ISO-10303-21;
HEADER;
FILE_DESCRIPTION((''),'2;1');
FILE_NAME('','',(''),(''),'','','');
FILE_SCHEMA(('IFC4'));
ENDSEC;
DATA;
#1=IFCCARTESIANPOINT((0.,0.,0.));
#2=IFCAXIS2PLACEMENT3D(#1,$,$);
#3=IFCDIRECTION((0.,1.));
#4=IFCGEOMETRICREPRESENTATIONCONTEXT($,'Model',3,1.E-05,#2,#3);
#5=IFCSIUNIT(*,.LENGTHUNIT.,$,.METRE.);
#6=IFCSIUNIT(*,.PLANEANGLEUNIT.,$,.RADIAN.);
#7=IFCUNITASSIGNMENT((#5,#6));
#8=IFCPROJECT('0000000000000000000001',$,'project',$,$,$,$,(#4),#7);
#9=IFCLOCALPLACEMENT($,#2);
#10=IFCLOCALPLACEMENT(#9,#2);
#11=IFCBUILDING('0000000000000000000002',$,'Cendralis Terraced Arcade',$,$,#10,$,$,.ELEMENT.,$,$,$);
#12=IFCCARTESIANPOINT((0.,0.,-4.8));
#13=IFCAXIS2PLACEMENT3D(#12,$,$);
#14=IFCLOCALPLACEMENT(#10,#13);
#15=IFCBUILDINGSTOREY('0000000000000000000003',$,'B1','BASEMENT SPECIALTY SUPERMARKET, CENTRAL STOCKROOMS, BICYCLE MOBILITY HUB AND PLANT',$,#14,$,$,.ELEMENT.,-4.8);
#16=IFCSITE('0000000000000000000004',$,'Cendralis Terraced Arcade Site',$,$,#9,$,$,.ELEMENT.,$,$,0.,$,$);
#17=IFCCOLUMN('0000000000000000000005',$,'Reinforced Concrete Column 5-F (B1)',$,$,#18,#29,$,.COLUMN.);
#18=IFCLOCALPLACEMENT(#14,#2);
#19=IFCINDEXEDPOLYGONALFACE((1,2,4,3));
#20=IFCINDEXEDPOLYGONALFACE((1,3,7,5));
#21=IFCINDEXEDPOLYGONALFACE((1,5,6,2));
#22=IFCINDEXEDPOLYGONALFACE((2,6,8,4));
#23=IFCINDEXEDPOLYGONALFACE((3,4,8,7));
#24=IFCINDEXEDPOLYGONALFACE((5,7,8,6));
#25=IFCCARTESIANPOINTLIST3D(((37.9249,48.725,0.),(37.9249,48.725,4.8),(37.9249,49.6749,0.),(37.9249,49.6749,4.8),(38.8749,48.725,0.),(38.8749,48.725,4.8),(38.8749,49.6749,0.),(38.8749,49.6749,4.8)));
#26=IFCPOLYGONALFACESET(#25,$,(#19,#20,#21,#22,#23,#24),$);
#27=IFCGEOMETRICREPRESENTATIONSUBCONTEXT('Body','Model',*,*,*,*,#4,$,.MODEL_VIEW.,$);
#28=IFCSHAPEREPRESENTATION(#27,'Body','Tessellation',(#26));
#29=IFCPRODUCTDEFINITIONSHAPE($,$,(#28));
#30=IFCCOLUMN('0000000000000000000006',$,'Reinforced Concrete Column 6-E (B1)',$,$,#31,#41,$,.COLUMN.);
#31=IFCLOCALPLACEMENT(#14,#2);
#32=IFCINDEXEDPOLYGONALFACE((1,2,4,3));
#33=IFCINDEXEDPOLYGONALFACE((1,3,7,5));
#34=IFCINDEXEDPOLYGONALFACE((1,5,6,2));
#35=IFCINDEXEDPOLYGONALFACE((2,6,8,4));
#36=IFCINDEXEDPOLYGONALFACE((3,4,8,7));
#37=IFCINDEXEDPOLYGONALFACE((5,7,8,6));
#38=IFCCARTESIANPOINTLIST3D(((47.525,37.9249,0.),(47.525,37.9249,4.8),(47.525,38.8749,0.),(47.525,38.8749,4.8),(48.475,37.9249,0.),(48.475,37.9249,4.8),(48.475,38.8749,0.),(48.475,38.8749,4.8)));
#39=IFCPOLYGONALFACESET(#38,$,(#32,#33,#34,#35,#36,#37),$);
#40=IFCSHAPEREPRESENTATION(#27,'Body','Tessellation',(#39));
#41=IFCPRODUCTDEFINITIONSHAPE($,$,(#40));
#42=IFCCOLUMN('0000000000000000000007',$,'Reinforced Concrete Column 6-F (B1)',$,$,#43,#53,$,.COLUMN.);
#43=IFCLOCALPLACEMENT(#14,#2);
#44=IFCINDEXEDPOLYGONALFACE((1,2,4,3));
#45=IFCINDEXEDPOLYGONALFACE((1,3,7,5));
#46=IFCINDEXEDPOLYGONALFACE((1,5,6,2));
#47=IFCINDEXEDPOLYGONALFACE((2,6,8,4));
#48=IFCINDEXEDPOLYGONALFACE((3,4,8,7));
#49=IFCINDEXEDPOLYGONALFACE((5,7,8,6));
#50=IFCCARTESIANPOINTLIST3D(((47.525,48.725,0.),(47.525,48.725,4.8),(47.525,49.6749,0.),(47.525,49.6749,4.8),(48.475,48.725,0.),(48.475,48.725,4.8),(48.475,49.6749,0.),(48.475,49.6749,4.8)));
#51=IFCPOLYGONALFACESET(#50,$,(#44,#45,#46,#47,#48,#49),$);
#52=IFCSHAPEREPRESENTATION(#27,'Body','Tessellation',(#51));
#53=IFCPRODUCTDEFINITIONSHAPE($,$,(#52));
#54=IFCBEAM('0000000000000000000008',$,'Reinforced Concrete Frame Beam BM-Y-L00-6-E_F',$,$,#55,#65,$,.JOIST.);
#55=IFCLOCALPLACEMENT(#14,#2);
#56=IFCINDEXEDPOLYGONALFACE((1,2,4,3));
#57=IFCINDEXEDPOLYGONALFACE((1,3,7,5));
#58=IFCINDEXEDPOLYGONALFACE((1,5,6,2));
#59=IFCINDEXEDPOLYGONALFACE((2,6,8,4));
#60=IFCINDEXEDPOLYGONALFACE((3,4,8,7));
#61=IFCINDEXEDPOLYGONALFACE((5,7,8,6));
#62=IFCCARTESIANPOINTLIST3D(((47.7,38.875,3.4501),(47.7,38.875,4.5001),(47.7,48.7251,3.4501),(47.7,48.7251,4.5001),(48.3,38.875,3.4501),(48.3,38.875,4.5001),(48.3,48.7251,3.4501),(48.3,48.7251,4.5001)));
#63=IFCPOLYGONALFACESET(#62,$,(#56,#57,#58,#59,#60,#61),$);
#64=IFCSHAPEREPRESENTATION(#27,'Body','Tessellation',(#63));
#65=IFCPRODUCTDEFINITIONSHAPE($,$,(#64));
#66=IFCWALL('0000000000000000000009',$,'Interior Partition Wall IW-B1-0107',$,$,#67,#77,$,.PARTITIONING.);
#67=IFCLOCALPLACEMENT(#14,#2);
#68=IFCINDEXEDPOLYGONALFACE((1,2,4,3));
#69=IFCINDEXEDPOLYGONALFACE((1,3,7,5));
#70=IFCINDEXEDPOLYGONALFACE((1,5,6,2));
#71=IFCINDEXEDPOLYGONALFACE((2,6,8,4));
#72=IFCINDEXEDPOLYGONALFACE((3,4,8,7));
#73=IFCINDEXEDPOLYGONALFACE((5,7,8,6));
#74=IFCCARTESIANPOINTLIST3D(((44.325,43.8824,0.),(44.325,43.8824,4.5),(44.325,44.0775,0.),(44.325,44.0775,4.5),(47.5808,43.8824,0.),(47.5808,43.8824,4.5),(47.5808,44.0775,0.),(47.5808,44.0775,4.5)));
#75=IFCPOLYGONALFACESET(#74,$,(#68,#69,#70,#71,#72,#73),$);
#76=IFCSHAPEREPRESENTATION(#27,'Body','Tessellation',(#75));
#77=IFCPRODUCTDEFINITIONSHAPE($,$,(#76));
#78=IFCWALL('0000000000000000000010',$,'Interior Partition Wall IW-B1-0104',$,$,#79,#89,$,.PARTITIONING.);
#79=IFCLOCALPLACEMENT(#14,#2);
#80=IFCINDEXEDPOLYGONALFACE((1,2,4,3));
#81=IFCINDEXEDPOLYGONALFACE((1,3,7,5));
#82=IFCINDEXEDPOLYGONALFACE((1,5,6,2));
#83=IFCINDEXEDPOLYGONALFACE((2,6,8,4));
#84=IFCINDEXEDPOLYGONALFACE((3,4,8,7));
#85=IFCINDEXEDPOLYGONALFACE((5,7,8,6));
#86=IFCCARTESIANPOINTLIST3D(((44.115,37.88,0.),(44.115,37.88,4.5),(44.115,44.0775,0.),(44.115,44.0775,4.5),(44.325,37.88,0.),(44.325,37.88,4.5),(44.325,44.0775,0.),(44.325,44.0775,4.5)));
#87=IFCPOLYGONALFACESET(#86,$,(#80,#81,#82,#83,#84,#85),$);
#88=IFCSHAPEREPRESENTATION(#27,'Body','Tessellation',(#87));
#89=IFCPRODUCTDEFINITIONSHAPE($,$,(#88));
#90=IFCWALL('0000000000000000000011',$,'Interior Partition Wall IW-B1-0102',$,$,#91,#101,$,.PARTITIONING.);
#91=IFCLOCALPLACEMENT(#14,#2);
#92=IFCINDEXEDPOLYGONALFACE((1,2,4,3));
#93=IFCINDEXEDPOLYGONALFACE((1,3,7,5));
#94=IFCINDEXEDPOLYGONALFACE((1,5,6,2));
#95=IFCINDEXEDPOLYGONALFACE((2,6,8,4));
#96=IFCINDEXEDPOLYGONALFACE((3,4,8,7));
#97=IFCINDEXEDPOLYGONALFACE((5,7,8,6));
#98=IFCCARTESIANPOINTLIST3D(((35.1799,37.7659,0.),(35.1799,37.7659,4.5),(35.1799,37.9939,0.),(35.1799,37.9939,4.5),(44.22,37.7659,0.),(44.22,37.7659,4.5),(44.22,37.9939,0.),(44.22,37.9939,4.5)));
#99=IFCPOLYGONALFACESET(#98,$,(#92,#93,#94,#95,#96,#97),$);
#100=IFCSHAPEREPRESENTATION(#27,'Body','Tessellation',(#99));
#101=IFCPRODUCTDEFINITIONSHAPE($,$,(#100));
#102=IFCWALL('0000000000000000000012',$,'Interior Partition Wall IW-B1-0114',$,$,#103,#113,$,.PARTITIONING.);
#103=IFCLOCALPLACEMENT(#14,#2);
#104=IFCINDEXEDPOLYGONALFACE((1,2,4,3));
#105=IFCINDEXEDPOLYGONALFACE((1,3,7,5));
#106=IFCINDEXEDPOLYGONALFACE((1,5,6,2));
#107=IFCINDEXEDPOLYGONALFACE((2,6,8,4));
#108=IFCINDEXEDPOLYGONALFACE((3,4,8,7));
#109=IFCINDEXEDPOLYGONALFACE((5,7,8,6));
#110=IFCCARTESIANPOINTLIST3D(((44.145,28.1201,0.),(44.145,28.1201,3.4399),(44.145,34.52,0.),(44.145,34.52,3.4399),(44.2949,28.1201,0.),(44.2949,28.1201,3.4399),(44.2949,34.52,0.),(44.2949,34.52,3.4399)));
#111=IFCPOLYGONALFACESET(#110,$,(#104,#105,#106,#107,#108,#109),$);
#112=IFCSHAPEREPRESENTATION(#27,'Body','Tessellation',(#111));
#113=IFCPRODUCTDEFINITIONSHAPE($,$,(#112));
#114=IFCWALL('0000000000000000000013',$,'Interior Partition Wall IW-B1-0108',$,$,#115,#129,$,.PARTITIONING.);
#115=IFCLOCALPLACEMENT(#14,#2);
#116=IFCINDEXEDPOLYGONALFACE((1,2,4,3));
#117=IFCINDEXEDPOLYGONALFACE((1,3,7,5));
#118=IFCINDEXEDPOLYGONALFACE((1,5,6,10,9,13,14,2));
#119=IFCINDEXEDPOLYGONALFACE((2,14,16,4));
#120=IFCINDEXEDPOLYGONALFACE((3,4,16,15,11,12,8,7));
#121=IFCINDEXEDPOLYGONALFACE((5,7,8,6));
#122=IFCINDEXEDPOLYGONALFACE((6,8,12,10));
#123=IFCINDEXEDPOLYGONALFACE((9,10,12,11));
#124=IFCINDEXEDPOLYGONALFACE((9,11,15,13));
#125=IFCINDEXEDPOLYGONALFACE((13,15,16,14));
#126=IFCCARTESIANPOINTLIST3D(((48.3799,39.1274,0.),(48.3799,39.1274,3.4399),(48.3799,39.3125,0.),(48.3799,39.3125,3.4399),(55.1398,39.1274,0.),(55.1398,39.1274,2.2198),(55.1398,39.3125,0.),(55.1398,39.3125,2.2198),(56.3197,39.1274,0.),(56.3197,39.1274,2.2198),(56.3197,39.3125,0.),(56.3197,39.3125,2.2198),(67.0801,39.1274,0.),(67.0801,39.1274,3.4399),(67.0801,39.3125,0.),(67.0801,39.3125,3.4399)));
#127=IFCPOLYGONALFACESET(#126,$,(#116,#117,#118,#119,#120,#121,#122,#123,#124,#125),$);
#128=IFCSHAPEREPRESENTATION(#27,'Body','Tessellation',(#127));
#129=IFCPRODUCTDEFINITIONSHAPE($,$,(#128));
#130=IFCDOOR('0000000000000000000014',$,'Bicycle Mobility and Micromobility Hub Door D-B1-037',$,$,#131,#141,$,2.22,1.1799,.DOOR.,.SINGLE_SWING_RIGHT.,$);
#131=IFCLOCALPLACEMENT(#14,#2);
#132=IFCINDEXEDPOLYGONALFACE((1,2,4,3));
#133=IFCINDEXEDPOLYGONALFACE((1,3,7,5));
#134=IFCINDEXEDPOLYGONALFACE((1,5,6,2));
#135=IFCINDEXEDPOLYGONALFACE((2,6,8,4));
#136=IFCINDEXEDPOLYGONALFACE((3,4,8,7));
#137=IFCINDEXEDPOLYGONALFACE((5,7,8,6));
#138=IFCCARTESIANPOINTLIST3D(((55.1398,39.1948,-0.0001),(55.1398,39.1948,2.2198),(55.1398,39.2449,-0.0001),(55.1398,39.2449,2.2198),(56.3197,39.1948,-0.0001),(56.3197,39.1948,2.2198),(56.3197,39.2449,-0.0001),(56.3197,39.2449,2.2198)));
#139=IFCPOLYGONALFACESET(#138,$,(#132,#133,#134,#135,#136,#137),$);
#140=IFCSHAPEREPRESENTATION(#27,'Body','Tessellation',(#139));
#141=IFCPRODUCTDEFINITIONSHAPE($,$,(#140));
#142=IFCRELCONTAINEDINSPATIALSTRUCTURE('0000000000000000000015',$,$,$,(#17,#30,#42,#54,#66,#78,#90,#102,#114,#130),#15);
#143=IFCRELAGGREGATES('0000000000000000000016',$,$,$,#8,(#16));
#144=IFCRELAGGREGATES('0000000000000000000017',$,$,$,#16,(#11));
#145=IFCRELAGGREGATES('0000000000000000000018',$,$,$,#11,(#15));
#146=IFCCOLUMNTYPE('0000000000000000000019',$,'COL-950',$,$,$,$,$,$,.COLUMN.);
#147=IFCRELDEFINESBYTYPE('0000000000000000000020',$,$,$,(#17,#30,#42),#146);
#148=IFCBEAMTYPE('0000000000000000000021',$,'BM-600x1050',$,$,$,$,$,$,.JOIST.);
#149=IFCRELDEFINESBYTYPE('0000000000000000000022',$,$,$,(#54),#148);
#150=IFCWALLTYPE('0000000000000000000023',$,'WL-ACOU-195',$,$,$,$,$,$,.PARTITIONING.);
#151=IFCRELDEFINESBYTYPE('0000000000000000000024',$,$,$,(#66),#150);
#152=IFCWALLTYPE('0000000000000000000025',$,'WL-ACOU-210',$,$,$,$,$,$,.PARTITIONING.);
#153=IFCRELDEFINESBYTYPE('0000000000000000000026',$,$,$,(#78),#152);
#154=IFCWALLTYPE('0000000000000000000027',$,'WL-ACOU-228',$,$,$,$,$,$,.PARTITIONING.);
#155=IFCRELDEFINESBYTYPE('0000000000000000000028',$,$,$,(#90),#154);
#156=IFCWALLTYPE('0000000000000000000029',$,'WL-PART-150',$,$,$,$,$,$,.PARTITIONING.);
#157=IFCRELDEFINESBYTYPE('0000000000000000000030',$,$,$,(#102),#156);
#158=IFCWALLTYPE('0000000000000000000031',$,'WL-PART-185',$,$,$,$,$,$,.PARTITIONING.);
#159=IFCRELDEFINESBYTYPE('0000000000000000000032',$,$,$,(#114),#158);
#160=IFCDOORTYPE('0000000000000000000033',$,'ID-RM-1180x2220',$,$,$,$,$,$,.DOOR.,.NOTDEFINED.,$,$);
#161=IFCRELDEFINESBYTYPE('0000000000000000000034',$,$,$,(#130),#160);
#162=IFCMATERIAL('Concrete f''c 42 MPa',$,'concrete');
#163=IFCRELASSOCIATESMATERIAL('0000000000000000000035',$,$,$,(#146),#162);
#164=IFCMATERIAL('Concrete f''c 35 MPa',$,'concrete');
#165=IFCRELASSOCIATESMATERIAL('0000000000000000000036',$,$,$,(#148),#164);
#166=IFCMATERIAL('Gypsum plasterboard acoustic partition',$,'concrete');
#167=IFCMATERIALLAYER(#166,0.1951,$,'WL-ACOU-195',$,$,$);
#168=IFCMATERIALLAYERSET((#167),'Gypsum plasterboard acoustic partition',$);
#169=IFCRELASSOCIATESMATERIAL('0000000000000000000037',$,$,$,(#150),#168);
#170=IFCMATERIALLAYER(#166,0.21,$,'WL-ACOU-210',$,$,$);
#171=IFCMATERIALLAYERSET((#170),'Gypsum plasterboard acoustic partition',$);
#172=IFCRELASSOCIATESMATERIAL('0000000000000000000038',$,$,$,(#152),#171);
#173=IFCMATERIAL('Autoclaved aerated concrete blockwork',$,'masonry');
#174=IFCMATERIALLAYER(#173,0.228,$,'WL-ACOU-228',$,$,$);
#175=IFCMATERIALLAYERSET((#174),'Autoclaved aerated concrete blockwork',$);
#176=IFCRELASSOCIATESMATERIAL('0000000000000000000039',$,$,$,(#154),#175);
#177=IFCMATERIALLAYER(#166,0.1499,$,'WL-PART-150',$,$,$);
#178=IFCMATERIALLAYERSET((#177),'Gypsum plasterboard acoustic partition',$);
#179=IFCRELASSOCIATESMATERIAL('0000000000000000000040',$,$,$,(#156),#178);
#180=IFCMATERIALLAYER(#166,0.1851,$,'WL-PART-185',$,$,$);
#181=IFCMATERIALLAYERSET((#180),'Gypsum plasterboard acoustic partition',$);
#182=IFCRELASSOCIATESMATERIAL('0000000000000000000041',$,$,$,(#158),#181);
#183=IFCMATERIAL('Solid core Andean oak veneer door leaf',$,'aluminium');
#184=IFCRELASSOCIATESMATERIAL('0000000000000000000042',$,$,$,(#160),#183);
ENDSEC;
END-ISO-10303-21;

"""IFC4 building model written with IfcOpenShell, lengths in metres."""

from ifc_helpers import new_model, si_unit, direction, frame, frame_2d, origin, origin_2d, place, context, subcontext, project, spatial, rectangle, extrude, material, layer, layer_set, material_profile, profile_set, type_object, element, fill, save


model = new_model("IFC4")

# Units and contexts
model_context = context("Model", 3, precision=1e-05, world=origin(), true_north=direction((0.0, 1.0)))
body_context = subcontext(model_context, "Body", "Model", "MODEL_VIEW")
ifc_project = project(units=[si_unit("LENGTHUNIT", "METRE"), si_unit("PLANEANGLEUNIT", "RADIAN")], contexts=[model_context])

# Site, building, storey
site_placement = place(None, origin())
site = spatial("IfcSite", under=ifc_project, at=site_placement, Name="Cendralis Terraced Arcade Site", CompositionType="ELEMENT", RefElevation=0.0)
building_placement = place(site_placement, origin())
building = spatial("IfcBuilding", under=site, at=building_placement, Name="Cendralis Terraced Arcade", CompositionType="ELEMENT")
storey_placement = place(building_placement, frame((0.0, 0.0, -4.8)))
storey = spatial("IfcBuildingStorey", under=building, at=storey_placement, Name="B1", Description="BASEMENT SPECIALTY SUPERMARKET, CENTRAL STOCKROOMS, BICYCLE MOBILITY HUB AND PLANT", CompositionType="ELEMENT", Elevation=-4.8)

# Shared definitions
ifc_material_1 = material(Name="Concrete f'c 35 MPa", Category="concrete")

# Columns
ifc_material_2 = material(Name="Concrete f'c 42 MPa", Category="concrete")
ifc_material_profile_1 = material_profile(ifc_material_2, rectangle(XDim=0.95, YDim=0.95, at=origin_2d()), Name="RC-COL-950x950", Category="LoadBearing")
ifc_profile_set_1 = profile_set([ifc_material_profile_1], Name="Concrete f'c 42 MPa")
column_type = type_object("IfcColumnType", Name="COL-950", PredefinedType="COLUMN", material=ifc_profile_set_1)
for number, where, z_axis, x_axis, name in (
    (1, (38.3999, 49.2, 0.0), (0.0, 0.0, 1.0), (1.0, 0.0, 0.0), "Reinforced Concrete Column 5-F (B1)"),
    (2, (48.0, 38.3999, 0.0), (0.0, 0.0, 1.0), (1.0, 0.0, 0.0), "Reinforced Concrete Column 6-E (B1)"),
    (3, (48.0, 49.2, 0.0), (0.0, 0.0, 1.0), (1.0, 0.0, 0.0), "Reinforced Concrete Column 6-F (B1)"),
):
    element("IfcColumn", number, at=place(storey_placement, frame(where, z_axis=z_axis, x_axis=x_axis)), inside=storey, type_object=column_type, Name=name, PredefinedType="COLUMN", context=body_context, shape_type="SweptSolid", body=[
        extrude(rectangle(XDim=0.95, YDim=0.95, at=origin_2d()), origin(), (0.0, 0.0, 1.0), 4.8),
    ])

# Beam
ifc_material_profile_2 = material_profile(ifc_material_1, rectangle(XDim=0.6001, YDim=1.05, at=origin_2d()), Name="RC-BM-600x1050", Category="LoadBearing")
ifc_profile_set_2 = profile_set([ifc_material_profile_2], Name="Concrete f'c 35 MPa")
beam_type = type_object("IfcBeamType", Name="BM-600x1050", PredefinedType="JOIST", material=ifc_profile_set_2)
beam_placement = place(storey_placement, frame((48.0, 38.875, 3.9751), z_axis=(0.0, 1.0, 0.0), x_axis=(-1.0, 0.0, 0.0)))
element("IfcBeam", 4, at=beam_placement, inside=storey, type_object=beam_type, Name="Reinforced Concrete Frame Beam BM-Y-L00-6-E_F", PredefinedType="JOIST", context=body_context, shape_type="SweptSolid", body=[
    extrude(rectangle(XDim=0.6001, YDim=1.05, at=origin_2d()), origin(), (0.0, 0.0, 1.0), 9.8501),
])

# Walls
ifc_material_3 = material(Name="Gypsum plasterboard acoustic partition", Category="concrete")
ifc_layer_1 = layer(ifc_material_3, 0.1951, Name="WL-ACOU-195")
ifc_layer_set_1 = layer_set([ifc_layer_1], Name="Gypsum plasterboard acoustic partition")
wall_type_1 = type_object("IfcWallType", Name="WL-ACOU-195", PredefinedType="PARTITIONING", material=ifc_layer_set_1)
wall_1_placement = place(storey_placement, frame((47.5808, 43.98, 0.0), z_axis=(0.0, 0.0, 1.0), x_axis=(-1.0, 0.0, 0.0)))
element("IfcWall", 5, at=wall_1_placement, inside=storey, type_object=wall_type_1, Name="Interior Partition Wall IW-B1-0107", PredefinedType="PARTITIONING", context=body_context, shape_type="SweptSolid", body=[
    extrude(rectangle(XDim=3.2559, YDim=0.1951, at=frame_2d((1.6279, 0.0))), origin(), (0.0, 0.0, 1.0), 4.5),
])
ifc_layer_2 = layer(ifc_material_3, 0.21, Name="WL-ACOU-210")
ifc_layer_set_2 = layer_set([ifc_layer_2], Name="Gypsum plasterboard acoustic partition")
wall_type_2 = type_object("IfcWallType", Name="WL-ACOU-210", PredefinedType="PARTITIONING", material=ifc_layer_set_2)
wall_2_placement = place(storey_placement, frame((44.22, 44.0774, 0.0), z_axis=(0.0, 0.0, 1.0), x_axis=(0.0, -1.0, 0.0)))
element("IfcWall", 6, at=wall_2_placement, inside=storey, type_object=wall_type_2, Name="Interior Partition Wall IW-B1-0104", PredefinedType="PARTITIONING", context=body_context, shape_type="SweptSolid", body=[
    extrude(rectangle(XDim=6.1975, YDim=0.21, at=frame_2d((3.0986, 0.0))), origin(), (0.0, 0.0, 1.0), 4.5),
])
ifc_material_4 = material(Name="Autoclaved aerated concrete blockwork", Category="masonry")
ifc_layer_3 = layer(ifc_material_4, 0.228, Name="WL-ACOU-228")
ifc_layer_set_3 = layer_set([ifc_layer_3], Name="Autoclaved aerated concrete blockwork")
wall_type_3 = type_object("IfcWallType", Name="WL-ACOU-228", PredefinedType="PARTITIONING", material=ifc_layer_set_3)
wall_3_placement = place(storey_placement, frame((44.22, 37.8799, 0.0), z_axis=(0.0, 0.0, 1.0), x_axis=(-1.0, 0.0, 0.0)))
element("IfcWall", 7, at=wall_3_placement, inside=storey, type_object=wall_type_3, Name="Interior Partition Wall IW-B1-0102", PredefinedType="PARTITIONING", context=body_context, shape_type="SweptSolid", body=[
    extrude(rectangle(XDim=9.04, YDim=0.228, at=frame_2d((4.52, 0.0))), origin(), (0.0, 0.0, 1.0), 4.5),
])
ifc_layer_4 = layer(ifc_material_3, 0.1499, Name="WL-PART-150")
ifc_layer_set_4 = layer_set([ifc_layer_4], Name="Gypsum plasterboard acoustic partition")
wall_type_4 = type_object("IfcWallType", Name="WL-PART-150", PredefinedType="PARTITIONING", material=ifc_layer_set_4)
wall_4_placement = place(storey_placement, frame((44.22, 34.52, 0.0), z_axis=(0.0, 0.0, 1.0), x_axis=(0.0, -1.0, 0.0)))
element("IfcWall", 8, at=wall_4_placement, inside=storey, type_object=wall_type_4, Name="Interior Partition Wall IW-B1-0114", PredefinedType="PARTITIONING", context=body_context, shape_type="SweptSolid", body=[
    extrude(rectangle(XDim=6.3999, YDim=0.1499, at=frame_2d((3.2, 0.0))), origin(), (0.0, 0.0, 1.0), 3.4399),
])

# Wall, opening, door
ifc_layer_5 = layer(ifc_material_3, 0.1851, Name="WL-PART-185")
ifc_layer_set_5 = layer_set([ifc_layer_5], Name="Gypsum plasterboard acoustic partition")
wall_type_5 = type_object("IfcWallType", Name="WL-PART-185", PredefinedType="PARTITIONING", material=ifc_layer_set_5)
wall_5_placement = place(storey_placement, frame((48.3799, 39.22, 0.0), z_axis=(0.0, 0.0, 1.0), x_axis=(1.0, 0.0, 0.0)))
wall_5 = element("IfcWall", 9, at=wall_5_placement, inside=storey, type_object=wall_type_5, Name="Interior Partition Wall IW-B1-0108", PredefinedType="PARTITIONING", context=body_context, shape_type="SweptSolid", body=[
    extrude(rectangle(XDim=18.7002, YDim=0.1851, at=frame_2d((9.3501, 0.0))), origin(), (0.0, 0.0, 1.0), 3.4399),
])
opening_placement = place(wall_5_placement, frame((6.76, 0.0, 0.0)))
opening = element("IfcOpeningElement", 10, at=opening_placement, cuts=wall_5, PredefinedType="OPENING", context=body_context, shape_type="SweptSolid", body=[
    extrude(rectangle(XDim=1.1799, YDim=2.22, at=frame_2d((0.5898, 1.1099))), frame((0.0, 0.1045, 0.0), z_axis=(0.0, -1.0, 0.0), x_axis=(1.0, 0.0, 0.0)), (0.0, 0.0, 1.0), 0.209),
])
ifc_material_5 = material(Name="Solid core Andean oak veneer door leaf", Category="aluminium")
door_type = type_object("IfcDoorType", Name="ID-RM-1180x2220", OperationType="NOTDEFINED", PredefinedType="DOOR", material=ifc_material_5)
door_placement = place(opening_placement, origin())
door = element("IfcDoor", 11, at=door_placement, inside=storey, type_object=door_type, Name="Bicycle Mobility and Micromobility Hub Door D-B1-037", OperationType="SINGLE_SWING_RIGHT", OverallHeight=2.22, OverallWidth=1.1799, PredefinedType="DOOR", context=body_context, shape_type="SweptSolid", body=[
    extrude(rectangle(XDim=1.1799, YDim=2.22, at=frame_2d((0.5898, 1.1099))), frame((0.0, 0.0249, 0.0), z_axis=(0.0, -1.0, 0.0), x_axis=(1.0, 0.0, 0.0)), (0.0, 0.0, 1.0), 0.05),
])
fill(opening, door)

save(model, "model.ifc")
